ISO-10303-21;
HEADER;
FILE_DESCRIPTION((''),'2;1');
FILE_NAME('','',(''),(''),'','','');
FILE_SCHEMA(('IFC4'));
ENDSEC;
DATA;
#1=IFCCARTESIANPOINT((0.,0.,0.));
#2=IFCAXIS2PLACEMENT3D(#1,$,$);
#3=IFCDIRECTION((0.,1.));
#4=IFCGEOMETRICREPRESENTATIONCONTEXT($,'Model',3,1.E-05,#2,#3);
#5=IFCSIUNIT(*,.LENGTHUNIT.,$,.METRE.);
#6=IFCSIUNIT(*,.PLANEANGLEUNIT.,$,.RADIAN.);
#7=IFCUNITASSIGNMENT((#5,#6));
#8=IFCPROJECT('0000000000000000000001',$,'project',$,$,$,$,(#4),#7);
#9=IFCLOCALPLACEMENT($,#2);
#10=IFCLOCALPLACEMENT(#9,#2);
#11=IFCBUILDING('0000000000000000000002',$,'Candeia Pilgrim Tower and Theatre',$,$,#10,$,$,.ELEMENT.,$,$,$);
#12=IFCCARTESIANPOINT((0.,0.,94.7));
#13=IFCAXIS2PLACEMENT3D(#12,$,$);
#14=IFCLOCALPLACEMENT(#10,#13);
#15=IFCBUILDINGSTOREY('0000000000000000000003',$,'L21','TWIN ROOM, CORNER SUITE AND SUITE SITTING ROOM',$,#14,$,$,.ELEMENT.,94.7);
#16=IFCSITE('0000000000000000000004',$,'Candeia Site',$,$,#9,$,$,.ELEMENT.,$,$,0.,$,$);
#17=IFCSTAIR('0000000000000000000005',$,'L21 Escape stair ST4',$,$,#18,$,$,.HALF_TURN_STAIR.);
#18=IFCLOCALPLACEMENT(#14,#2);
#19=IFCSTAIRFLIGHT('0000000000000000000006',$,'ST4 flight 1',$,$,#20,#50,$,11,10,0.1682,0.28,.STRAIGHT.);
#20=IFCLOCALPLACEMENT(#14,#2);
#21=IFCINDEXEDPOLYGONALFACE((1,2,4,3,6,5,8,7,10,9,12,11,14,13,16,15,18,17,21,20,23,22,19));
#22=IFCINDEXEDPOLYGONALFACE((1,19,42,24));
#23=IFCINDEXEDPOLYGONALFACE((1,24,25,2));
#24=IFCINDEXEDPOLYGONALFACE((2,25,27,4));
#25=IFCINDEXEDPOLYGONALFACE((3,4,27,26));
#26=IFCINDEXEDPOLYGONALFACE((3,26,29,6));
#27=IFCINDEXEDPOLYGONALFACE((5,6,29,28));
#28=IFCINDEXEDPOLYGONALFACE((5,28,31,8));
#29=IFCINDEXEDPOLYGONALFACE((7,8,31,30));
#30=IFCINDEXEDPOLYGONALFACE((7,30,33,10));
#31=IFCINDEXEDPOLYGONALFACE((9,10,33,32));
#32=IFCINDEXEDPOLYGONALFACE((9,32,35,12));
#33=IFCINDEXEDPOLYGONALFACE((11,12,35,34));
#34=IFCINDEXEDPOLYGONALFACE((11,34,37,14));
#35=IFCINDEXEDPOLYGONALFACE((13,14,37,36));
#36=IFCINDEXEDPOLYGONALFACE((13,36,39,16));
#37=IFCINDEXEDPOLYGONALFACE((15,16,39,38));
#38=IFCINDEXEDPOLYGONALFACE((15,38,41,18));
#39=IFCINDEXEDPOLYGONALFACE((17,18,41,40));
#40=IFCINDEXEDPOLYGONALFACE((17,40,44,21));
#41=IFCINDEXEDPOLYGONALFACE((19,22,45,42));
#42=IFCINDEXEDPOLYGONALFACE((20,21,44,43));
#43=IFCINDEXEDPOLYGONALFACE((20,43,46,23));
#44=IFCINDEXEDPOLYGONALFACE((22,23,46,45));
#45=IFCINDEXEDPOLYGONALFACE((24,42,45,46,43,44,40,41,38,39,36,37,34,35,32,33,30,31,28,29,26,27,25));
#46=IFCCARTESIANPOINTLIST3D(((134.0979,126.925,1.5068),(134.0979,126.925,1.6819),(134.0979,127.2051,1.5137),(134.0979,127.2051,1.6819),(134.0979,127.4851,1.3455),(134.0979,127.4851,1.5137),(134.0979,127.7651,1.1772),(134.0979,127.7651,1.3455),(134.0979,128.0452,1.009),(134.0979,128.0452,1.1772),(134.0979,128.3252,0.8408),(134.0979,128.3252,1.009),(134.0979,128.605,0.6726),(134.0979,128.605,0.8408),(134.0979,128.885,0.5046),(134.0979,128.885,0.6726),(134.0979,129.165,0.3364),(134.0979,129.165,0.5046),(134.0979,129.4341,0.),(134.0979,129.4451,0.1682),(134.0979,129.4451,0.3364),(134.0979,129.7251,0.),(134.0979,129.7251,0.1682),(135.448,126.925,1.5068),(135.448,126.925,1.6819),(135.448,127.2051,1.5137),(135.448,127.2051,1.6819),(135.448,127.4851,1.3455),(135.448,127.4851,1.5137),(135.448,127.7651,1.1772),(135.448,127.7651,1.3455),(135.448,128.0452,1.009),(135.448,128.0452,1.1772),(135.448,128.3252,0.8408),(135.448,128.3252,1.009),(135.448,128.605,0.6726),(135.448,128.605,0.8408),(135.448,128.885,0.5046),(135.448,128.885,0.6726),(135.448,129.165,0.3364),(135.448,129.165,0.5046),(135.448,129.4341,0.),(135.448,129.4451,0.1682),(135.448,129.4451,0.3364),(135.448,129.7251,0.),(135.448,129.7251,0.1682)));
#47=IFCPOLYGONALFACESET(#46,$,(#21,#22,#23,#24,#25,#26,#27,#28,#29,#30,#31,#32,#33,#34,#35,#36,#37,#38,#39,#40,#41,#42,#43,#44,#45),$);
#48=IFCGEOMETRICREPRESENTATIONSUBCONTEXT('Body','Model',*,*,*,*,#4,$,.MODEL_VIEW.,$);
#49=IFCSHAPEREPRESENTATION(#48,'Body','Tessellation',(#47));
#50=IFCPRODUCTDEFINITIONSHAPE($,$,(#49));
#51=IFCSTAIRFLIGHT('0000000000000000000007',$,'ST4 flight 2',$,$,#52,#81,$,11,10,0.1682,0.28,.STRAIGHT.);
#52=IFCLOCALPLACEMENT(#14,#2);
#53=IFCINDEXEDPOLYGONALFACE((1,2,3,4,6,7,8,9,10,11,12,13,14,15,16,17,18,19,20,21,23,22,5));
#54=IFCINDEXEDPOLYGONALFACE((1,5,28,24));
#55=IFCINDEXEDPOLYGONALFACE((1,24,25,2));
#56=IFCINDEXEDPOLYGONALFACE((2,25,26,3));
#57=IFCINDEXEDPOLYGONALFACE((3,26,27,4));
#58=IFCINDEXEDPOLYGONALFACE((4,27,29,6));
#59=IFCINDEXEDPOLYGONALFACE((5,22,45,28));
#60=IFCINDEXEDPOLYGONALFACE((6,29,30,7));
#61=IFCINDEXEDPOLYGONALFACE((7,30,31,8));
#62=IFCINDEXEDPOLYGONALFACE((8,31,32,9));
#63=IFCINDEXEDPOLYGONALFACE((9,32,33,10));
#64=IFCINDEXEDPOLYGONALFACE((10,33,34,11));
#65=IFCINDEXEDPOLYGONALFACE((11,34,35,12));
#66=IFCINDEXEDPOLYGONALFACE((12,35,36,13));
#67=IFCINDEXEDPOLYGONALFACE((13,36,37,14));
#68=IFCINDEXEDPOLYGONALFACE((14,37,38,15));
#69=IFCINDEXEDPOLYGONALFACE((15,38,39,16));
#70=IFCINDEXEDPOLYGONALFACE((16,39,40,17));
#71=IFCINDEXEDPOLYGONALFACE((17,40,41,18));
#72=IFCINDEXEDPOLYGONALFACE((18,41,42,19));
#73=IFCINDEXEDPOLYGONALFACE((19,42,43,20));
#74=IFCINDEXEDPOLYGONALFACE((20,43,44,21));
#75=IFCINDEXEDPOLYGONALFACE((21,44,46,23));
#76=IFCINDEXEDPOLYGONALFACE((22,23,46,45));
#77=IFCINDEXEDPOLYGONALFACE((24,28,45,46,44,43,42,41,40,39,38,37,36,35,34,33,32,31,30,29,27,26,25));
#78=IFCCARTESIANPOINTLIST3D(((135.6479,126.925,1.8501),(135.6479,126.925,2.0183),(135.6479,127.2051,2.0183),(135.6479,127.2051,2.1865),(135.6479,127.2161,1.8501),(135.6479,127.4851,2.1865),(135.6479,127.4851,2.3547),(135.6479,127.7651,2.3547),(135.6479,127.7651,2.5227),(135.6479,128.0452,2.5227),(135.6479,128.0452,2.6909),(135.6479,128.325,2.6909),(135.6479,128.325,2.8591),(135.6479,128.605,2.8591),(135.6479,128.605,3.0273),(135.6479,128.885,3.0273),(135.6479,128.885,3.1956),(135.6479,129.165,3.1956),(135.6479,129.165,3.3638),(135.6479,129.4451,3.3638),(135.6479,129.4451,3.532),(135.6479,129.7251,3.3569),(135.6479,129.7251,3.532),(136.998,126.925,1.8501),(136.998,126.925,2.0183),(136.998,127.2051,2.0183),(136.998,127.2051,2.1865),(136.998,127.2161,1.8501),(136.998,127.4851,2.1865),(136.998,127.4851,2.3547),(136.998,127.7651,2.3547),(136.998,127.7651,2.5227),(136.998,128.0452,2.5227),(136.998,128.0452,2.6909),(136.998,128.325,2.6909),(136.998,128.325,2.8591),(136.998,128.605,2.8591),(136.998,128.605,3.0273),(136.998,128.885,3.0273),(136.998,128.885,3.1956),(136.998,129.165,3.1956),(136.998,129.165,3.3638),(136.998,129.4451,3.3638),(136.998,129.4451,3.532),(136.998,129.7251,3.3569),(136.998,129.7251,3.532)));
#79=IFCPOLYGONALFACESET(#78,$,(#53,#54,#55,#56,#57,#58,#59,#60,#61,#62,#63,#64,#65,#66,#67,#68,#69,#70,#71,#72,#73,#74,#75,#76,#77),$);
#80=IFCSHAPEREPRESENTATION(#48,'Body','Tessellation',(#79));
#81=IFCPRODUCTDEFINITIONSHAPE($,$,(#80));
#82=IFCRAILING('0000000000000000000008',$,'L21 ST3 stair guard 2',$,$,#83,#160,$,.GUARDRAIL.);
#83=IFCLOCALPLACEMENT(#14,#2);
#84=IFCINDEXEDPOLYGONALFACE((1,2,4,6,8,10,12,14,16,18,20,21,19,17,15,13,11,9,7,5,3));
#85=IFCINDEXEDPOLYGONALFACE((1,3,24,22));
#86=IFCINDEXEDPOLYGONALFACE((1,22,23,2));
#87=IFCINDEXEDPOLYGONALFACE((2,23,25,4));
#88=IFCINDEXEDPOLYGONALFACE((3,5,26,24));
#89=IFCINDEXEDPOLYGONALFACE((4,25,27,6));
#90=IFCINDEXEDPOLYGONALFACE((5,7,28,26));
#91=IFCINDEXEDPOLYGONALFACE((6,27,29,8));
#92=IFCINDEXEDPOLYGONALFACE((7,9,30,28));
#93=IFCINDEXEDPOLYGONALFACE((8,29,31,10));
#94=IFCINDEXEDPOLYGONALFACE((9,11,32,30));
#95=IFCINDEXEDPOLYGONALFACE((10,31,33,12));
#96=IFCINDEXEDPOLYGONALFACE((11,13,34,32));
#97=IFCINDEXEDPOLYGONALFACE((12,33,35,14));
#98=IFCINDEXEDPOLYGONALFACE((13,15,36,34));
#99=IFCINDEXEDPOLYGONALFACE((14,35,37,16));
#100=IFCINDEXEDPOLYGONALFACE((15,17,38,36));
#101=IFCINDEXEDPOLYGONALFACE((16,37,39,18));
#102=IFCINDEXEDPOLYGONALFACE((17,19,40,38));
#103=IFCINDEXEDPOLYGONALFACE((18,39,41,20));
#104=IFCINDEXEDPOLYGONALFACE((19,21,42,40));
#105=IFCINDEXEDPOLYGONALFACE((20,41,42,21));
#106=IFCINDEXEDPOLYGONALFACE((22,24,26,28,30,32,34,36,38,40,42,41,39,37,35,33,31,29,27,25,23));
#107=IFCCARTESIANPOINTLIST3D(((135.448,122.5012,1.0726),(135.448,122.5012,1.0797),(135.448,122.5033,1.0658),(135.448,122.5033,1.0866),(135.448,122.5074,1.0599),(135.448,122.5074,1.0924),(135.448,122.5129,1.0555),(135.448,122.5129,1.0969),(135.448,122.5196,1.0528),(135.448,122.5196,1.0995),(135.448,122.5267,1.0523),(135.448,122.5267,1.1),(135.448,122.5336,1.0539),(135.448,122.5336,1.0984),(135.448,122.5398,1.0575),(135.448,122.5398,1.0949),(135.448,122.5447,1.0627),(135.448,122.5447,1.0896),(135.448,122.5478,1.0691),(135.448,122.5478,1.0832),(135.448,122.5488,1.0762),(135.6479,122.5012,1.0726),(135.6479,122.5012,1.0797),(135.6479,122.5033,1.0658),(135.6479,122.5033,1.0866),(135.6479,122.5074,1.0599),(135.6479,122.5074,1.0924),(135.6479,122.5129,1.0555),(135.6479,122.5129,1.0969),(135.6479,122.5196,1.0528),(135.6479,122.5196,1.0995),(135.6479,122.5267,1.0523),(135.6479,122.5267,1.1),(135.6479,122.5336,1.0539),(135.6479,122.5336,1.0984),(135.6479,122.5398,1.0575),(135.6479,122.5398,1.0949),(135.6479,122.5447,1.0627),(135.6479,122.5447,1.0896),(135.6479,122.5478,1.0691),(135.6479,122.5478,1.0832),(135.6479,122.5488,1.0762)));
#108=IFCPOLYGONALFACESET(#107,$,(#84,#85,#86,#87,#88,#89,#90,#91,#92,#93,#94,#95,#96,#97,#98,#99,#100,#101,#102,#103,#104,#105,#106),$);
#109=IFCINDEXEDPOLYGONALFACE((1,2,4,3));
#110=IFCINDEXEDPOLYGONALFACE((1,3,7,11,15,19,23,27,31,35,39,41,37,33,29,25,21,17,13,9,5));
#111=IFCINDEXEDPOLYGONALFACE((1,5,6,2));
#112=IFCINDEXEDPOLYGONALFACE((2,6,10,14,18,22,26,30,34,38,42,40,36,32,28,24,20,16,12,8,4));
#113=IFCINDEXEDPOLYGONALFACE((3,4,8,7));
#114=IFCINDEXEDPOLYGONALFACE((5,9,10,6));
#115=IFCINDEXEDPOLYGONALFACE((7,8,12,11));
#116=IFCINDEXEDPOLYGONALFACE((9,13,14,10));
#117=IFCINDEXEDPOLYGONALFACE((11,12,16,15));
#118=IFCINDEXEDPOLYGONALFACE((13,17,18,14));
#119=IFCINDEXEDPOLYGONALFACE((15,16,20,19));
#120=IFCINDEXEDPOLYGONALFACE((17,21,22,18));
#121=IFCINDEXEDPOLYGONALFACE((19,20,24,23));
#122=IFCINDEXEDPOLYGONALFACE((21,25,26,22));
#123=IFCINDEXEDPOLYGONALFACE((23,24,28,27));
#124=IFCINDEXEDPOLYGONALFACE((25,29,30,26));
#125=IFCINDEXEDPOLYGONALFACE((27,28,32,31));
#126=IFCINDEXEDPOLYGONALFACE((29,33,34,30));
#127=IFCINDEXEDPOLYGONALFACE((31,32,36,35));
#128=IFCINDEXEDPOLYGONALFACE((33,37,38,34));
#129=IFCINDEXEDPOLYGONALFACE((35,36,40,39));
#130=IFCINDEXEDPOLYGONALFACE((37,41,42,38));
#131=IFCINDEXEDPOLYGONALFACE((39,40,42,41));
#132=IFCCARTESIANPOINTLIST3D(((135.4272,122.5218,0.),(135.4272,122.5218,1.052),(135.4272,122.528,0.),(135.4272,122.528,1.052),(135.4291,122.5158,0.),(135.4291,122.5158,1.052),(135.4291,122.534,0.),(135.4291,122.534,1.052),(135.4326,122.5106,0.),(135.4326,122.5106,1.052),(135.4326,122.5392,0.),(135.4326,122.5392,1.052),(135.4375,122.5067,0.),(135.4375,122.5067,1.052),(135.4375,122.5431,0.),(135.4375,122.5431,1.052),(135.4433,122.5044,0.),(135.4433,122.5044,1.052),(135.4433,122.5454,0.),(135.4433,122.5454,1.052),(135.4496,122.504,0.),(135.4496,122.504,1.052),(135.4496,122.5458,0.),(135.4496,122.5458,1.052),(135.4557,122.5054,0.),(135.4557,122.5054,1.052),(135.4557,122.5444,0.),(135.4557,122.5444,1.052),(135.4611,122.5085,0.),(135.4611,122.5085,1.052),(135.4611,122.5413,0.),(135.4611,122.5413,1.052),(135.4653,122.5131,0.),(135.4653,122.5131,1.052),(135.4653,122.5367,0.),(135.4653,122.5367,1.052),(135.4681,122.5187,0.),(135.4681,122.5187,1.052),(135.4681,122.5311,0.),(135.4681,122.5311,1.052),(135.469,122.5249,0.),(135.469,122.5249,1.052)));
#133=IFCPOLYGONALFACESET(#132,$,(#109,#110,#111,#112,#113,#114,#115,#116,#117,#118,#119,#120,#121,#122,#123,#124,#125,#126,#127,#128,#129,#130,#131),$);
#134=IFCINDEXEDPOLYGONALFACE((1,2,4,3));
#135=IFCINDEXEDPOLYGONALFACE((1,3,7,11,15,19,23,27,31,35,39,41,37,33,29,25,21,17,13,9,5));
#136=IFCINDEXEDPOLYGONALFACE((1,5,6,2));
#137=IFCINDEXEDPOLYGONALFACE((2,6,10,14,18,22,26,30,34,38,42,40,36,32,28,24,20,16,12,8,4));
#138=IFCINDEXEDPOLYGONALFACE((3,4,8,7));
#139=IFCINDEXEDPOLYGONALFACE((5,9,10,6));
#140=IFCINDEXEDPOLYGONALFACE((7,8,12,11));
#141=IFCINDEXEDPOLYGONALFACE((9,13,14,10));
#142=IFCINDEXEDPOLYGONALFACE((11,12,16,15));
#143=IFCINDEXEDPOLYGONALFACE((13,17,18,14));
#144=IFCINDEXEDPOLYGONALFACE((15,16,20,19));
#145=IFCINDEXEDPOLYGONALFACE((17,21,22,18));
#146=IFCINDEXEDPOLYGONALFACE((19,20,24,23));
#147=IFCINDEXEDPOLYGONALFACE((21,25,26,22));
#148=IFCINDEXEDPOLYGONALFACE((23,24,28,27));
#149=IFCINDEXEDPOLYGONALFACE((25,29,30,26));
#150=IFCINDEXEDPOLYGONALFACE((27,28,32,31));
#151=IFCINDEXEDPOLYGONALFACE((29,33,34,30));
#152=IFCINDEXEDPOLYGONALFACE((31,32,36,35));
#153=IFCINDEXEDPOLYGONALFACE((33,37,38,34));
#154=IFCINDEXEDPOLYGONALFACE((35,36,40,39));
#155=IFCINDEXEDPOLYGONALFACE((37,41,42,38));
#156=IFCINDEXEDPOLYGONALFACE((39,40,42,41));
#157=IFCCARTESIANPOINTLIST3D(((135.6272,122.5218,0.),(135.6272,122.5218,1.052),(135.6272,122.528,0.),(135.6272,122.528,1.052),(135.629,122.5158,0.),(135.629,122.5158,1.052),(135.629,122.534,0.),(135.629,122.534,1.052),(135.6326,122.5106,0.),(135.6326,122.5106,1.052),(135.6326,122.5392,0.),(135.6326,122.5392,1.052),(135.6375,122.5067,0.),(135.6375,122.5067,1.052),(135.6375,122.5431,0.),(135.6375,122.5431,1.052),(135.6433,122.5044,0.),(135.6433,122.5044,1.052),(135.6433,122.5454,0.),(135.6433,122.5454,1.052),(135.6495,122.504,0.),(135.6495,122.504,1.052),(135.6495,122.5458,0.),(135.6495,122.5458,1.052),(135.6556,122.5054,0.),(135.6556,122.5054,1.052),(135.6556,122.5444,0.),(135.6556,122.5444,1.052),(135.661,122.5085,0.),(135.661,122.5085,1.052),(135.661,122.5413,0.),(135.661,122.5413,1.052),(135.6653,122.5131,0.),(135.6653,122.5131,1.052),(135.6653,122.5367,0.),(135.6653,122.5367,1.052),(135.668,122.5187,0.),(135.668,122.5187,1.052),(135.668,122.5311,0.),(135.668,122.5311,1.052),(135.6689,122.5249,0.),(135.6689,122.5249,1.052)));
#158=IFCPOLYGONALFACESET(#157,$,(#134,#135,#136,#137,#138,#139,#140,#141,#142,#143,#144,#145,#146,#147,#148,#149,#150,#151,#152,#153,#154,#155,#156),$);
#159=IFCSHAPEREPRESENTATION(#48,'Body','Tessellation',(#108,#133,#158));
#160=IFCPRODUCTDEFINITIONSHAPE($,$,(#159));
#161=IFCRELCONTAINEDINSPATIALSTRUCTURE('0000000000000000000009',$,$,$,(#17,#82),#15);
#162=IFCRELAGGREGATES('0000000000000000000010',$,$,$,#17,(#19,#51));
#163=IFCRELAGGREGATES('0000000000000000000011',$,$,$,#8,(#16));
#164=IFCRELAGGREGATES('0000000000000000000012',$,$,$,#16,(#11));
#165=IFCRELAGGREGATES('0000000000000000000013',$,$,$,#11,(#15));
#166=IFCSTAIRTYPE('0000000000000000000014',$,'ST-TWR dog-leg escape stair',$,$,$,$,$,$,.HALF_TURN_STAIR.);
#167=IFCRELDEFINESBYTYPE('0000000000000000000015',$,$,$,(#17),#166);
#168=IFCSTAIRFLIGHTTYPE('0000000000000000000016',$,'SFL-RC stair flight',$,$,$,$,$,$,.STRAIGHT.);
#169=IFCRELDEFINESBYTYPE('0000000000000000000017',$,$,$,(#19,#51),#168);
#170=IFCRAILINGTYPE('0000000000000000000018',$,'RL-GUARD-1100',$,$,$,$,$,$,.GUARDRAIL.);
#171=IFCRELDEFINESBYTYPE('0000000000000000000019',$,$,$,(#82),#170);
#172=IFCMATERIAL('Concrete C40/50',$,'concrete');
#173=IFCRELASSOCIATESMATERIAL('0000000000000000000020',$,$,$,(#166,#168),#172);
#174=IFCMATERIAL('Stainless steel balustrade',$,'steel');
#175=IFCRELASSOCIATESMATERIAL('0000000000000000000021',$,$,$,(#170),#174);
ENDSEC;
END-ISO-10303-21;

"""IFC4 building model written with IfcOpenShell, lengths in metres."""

from ifc_helpers import new_model, si_unit, direction, frame, origin, origin_2d, place, context, subcontext, project, spatial, polyline, circle, outline, extrude, material, type_object, element, aggregate, save


model = new_model("IFC4")

# Units and contexts
model_context = context("Model", 3, precision=1e-05, world=origin(), true_north=direction((0.0, 1.0)))
body_context = subcontext(model_context, "Body", "Model", "MODEL_VIEW")
ifc_project = project(units=[si_unit("LENGTHUNIT", "METRE"), si_unit("PLANEANGLEUNIT", "RADIAN")], contexts=[model_context])

# Site, building, storey
site_placement = place(None, origin())
site = spatial("IfcSite", under=ifc_project, at=site_placement, Name="Candeia Site", CompositionType="ELEMENT", RefElevation=0.0)
building_placement = place(site_placement, origin())
building = spatial("IfcBuilding", under=site, at=building_placement, Name="Candeia Pilgrim Tower and Theatre", CompositionType="ELEMENT")
storey_placement = place(building_placement, frame((0.0, 0.0, 94.7)))
storey = spatial("IfcBuildingStorey", under=building, at=storey_placement, Name="L21", Description="TWIN ROOM, CORNER SUITE AND SUITE SITTING ROOM", CompositionType="ELEMENT", Elevation=94.7)

# Shared definitions
ifc_material_1 = material(Name="Concrete C40/50", Category="concrete")

# Stair, stair flights
stair_type = type_object("IfcStairType", Name="ST-TWR dog-leg escape stair", PredefinedType="HALF_TURN_STAIR", material=ifc_material_1)
stair_flight_type = type_object("IfcStairFlightType", Name="SFL-RC stair flight", PredefinedType="STRAIGHT", material=ifc_material_1)
stair_1_placement = place(storey_placement, origin())
stair_1 = element("IfcStair", 1, at=stair_1_placement, inside=storey, type_object=stair_type, Name="L21 Escape stair ST4", PredefinedType="HALF_TURN_STAIR")
stair_flight_1_placement = place(storey_placement, frame((134.7729, 129.7251, 0.0), z_axis=(0.0, 0.0, 1.0), x_axis=(0.0, -1.0, 0.0)))
stair_flight_1 = element("IfcStairFlight", 2, at=stair_flight_1_placement, type_object=stair_flight_type, Name="ST4 flight 1", NumberOfRisers=11, NumberOfTreads=10, PredefinedType="STRAIGHT", RiserHeight=0.1682, TreadLength=0.28, context=body_context, shape_type="SweptSolid", body=[
    extrude(outline(polyline([(0.0, 0.0), (0.0, 0.1682), (0.28, 0.1682), (0.28, 0.3364), (0.5601, 0.3364), (0.5601, 0.5046), (0.8401, 0.5046), (0.8401, 0.6726), (1.1201, 0.6726), (1.1201, 0.8408), (1.3999, 0.8408), (1.3999, 1.009), (1.6799, 1.009), (1.6799, 1.1772), (1.96, 1.1772), (1.96, 1.3455), (2.24, 1.3455), (2.24, 1.5137), (2.52, 1.5137), (2.52, 1.6819), (2.8, 1.6819), (2.8, 1.8501), (2.8, 1.5068), (0.291, 0.0), (0.0, 0.0)])), frame((0.0, 0.675, 0.0), z_axis=(0.0, -1.0, 0.0), x_axis=(1.0, 0.0, 0.0)), (0.0, 0.0, 1.0), 1.3501),
])
stair_flight_2_placement = place(storey_placement, frame((136.323, 126.925, 1.8501), z_axis=(0.0, 0.0, 1.0), x_axis=(0.0, 1.0, 0.0)))
stair_flight_2 = element("IfcStairFlight", 3, at=stair_flight_2_placement, type_object=stair_flight_type, Name="ST4 flight 2", NumberOfRisers=11, NumberOfTreads=10, PredefinedType="STRAIGHT", RiserHeight=0.1682, TreadLength=0.28, context=body_context, shape_type="SweptSolid", body=[
    extrude(outline(polyline([(0.0, 0.0), (0.0, 0.1682), (0.28, 0.1682), (0.28, 0.3364), (0.5601, 0.3364), (0.5601, 0.5046), (0.8401, 0.5046), (0.8401, 0.6726), (1.1201, 0.6726), (1.1201, 0.8408), (1.3999, 0.8408), (1.3999, 1.009), (1.6799, 1.009), (1.6799, 1.1772), (1.96, 1.1772), (1.96, 1.3455), (2.24, 1.3455), (2.24, 1.5137), (2.52, 1.5137), (2.52, 1.6819), (2.8, 1.6819), (2.8, 1.8501), (2.8, 1.5068), (0.291, 0.0), (0.0, 0.0)])), frame((0.0, 0.675, 0.0), z_axis=(0.0, -1.0, 0.0), x_axis=(1.0, 0.0, 0.0)), (0.0, 0.0, 1.0), 1.3501),
])
aggregate(stair_1, [stair_flight_1, stair_flight_2])

# Railing
ifc_material_2 = material(Name="Stainless steel balustrade", Category="steel")
railing_type_1 = type_object("IfcRailingType", Name="RL-GUARD-1100", PredefinedType="GUARDRAIL", material=ifc_material_2)
railing_1_placement = place(storey_placement, frame((135.448, 122.5249, 0.0)))
element("IfcRailing", 4, at=railing_1_placement, inside=storey, type_object=railing_type_1, Name="L21 ST3 stair guard 2", PredefinedType="GUARDRAIL", context=body_context, shape_type="SweptSolid", body=[
    extrude(circle(Radius=0.0239, at=origin_2d()), frame((0.0, 0.0, 1.0762), z_axis=(1.0, 0.0, 0.0), x_axis=(0.0, 1.0, 0.0)), (0.0, 0.0, 1.0), 0.2),
    extrude(circle(Radius=0.021, at=origin_2d()), origin(), (0.0, 0.0, 1.0), 1.052),
    extrude(circle(Radius=0.021, at=origin_2d()), frame((0.2, 0.0, 0.0)), (0.0, 0.0, 1.0), 1.052),
])

save(model, "model.ifc")
